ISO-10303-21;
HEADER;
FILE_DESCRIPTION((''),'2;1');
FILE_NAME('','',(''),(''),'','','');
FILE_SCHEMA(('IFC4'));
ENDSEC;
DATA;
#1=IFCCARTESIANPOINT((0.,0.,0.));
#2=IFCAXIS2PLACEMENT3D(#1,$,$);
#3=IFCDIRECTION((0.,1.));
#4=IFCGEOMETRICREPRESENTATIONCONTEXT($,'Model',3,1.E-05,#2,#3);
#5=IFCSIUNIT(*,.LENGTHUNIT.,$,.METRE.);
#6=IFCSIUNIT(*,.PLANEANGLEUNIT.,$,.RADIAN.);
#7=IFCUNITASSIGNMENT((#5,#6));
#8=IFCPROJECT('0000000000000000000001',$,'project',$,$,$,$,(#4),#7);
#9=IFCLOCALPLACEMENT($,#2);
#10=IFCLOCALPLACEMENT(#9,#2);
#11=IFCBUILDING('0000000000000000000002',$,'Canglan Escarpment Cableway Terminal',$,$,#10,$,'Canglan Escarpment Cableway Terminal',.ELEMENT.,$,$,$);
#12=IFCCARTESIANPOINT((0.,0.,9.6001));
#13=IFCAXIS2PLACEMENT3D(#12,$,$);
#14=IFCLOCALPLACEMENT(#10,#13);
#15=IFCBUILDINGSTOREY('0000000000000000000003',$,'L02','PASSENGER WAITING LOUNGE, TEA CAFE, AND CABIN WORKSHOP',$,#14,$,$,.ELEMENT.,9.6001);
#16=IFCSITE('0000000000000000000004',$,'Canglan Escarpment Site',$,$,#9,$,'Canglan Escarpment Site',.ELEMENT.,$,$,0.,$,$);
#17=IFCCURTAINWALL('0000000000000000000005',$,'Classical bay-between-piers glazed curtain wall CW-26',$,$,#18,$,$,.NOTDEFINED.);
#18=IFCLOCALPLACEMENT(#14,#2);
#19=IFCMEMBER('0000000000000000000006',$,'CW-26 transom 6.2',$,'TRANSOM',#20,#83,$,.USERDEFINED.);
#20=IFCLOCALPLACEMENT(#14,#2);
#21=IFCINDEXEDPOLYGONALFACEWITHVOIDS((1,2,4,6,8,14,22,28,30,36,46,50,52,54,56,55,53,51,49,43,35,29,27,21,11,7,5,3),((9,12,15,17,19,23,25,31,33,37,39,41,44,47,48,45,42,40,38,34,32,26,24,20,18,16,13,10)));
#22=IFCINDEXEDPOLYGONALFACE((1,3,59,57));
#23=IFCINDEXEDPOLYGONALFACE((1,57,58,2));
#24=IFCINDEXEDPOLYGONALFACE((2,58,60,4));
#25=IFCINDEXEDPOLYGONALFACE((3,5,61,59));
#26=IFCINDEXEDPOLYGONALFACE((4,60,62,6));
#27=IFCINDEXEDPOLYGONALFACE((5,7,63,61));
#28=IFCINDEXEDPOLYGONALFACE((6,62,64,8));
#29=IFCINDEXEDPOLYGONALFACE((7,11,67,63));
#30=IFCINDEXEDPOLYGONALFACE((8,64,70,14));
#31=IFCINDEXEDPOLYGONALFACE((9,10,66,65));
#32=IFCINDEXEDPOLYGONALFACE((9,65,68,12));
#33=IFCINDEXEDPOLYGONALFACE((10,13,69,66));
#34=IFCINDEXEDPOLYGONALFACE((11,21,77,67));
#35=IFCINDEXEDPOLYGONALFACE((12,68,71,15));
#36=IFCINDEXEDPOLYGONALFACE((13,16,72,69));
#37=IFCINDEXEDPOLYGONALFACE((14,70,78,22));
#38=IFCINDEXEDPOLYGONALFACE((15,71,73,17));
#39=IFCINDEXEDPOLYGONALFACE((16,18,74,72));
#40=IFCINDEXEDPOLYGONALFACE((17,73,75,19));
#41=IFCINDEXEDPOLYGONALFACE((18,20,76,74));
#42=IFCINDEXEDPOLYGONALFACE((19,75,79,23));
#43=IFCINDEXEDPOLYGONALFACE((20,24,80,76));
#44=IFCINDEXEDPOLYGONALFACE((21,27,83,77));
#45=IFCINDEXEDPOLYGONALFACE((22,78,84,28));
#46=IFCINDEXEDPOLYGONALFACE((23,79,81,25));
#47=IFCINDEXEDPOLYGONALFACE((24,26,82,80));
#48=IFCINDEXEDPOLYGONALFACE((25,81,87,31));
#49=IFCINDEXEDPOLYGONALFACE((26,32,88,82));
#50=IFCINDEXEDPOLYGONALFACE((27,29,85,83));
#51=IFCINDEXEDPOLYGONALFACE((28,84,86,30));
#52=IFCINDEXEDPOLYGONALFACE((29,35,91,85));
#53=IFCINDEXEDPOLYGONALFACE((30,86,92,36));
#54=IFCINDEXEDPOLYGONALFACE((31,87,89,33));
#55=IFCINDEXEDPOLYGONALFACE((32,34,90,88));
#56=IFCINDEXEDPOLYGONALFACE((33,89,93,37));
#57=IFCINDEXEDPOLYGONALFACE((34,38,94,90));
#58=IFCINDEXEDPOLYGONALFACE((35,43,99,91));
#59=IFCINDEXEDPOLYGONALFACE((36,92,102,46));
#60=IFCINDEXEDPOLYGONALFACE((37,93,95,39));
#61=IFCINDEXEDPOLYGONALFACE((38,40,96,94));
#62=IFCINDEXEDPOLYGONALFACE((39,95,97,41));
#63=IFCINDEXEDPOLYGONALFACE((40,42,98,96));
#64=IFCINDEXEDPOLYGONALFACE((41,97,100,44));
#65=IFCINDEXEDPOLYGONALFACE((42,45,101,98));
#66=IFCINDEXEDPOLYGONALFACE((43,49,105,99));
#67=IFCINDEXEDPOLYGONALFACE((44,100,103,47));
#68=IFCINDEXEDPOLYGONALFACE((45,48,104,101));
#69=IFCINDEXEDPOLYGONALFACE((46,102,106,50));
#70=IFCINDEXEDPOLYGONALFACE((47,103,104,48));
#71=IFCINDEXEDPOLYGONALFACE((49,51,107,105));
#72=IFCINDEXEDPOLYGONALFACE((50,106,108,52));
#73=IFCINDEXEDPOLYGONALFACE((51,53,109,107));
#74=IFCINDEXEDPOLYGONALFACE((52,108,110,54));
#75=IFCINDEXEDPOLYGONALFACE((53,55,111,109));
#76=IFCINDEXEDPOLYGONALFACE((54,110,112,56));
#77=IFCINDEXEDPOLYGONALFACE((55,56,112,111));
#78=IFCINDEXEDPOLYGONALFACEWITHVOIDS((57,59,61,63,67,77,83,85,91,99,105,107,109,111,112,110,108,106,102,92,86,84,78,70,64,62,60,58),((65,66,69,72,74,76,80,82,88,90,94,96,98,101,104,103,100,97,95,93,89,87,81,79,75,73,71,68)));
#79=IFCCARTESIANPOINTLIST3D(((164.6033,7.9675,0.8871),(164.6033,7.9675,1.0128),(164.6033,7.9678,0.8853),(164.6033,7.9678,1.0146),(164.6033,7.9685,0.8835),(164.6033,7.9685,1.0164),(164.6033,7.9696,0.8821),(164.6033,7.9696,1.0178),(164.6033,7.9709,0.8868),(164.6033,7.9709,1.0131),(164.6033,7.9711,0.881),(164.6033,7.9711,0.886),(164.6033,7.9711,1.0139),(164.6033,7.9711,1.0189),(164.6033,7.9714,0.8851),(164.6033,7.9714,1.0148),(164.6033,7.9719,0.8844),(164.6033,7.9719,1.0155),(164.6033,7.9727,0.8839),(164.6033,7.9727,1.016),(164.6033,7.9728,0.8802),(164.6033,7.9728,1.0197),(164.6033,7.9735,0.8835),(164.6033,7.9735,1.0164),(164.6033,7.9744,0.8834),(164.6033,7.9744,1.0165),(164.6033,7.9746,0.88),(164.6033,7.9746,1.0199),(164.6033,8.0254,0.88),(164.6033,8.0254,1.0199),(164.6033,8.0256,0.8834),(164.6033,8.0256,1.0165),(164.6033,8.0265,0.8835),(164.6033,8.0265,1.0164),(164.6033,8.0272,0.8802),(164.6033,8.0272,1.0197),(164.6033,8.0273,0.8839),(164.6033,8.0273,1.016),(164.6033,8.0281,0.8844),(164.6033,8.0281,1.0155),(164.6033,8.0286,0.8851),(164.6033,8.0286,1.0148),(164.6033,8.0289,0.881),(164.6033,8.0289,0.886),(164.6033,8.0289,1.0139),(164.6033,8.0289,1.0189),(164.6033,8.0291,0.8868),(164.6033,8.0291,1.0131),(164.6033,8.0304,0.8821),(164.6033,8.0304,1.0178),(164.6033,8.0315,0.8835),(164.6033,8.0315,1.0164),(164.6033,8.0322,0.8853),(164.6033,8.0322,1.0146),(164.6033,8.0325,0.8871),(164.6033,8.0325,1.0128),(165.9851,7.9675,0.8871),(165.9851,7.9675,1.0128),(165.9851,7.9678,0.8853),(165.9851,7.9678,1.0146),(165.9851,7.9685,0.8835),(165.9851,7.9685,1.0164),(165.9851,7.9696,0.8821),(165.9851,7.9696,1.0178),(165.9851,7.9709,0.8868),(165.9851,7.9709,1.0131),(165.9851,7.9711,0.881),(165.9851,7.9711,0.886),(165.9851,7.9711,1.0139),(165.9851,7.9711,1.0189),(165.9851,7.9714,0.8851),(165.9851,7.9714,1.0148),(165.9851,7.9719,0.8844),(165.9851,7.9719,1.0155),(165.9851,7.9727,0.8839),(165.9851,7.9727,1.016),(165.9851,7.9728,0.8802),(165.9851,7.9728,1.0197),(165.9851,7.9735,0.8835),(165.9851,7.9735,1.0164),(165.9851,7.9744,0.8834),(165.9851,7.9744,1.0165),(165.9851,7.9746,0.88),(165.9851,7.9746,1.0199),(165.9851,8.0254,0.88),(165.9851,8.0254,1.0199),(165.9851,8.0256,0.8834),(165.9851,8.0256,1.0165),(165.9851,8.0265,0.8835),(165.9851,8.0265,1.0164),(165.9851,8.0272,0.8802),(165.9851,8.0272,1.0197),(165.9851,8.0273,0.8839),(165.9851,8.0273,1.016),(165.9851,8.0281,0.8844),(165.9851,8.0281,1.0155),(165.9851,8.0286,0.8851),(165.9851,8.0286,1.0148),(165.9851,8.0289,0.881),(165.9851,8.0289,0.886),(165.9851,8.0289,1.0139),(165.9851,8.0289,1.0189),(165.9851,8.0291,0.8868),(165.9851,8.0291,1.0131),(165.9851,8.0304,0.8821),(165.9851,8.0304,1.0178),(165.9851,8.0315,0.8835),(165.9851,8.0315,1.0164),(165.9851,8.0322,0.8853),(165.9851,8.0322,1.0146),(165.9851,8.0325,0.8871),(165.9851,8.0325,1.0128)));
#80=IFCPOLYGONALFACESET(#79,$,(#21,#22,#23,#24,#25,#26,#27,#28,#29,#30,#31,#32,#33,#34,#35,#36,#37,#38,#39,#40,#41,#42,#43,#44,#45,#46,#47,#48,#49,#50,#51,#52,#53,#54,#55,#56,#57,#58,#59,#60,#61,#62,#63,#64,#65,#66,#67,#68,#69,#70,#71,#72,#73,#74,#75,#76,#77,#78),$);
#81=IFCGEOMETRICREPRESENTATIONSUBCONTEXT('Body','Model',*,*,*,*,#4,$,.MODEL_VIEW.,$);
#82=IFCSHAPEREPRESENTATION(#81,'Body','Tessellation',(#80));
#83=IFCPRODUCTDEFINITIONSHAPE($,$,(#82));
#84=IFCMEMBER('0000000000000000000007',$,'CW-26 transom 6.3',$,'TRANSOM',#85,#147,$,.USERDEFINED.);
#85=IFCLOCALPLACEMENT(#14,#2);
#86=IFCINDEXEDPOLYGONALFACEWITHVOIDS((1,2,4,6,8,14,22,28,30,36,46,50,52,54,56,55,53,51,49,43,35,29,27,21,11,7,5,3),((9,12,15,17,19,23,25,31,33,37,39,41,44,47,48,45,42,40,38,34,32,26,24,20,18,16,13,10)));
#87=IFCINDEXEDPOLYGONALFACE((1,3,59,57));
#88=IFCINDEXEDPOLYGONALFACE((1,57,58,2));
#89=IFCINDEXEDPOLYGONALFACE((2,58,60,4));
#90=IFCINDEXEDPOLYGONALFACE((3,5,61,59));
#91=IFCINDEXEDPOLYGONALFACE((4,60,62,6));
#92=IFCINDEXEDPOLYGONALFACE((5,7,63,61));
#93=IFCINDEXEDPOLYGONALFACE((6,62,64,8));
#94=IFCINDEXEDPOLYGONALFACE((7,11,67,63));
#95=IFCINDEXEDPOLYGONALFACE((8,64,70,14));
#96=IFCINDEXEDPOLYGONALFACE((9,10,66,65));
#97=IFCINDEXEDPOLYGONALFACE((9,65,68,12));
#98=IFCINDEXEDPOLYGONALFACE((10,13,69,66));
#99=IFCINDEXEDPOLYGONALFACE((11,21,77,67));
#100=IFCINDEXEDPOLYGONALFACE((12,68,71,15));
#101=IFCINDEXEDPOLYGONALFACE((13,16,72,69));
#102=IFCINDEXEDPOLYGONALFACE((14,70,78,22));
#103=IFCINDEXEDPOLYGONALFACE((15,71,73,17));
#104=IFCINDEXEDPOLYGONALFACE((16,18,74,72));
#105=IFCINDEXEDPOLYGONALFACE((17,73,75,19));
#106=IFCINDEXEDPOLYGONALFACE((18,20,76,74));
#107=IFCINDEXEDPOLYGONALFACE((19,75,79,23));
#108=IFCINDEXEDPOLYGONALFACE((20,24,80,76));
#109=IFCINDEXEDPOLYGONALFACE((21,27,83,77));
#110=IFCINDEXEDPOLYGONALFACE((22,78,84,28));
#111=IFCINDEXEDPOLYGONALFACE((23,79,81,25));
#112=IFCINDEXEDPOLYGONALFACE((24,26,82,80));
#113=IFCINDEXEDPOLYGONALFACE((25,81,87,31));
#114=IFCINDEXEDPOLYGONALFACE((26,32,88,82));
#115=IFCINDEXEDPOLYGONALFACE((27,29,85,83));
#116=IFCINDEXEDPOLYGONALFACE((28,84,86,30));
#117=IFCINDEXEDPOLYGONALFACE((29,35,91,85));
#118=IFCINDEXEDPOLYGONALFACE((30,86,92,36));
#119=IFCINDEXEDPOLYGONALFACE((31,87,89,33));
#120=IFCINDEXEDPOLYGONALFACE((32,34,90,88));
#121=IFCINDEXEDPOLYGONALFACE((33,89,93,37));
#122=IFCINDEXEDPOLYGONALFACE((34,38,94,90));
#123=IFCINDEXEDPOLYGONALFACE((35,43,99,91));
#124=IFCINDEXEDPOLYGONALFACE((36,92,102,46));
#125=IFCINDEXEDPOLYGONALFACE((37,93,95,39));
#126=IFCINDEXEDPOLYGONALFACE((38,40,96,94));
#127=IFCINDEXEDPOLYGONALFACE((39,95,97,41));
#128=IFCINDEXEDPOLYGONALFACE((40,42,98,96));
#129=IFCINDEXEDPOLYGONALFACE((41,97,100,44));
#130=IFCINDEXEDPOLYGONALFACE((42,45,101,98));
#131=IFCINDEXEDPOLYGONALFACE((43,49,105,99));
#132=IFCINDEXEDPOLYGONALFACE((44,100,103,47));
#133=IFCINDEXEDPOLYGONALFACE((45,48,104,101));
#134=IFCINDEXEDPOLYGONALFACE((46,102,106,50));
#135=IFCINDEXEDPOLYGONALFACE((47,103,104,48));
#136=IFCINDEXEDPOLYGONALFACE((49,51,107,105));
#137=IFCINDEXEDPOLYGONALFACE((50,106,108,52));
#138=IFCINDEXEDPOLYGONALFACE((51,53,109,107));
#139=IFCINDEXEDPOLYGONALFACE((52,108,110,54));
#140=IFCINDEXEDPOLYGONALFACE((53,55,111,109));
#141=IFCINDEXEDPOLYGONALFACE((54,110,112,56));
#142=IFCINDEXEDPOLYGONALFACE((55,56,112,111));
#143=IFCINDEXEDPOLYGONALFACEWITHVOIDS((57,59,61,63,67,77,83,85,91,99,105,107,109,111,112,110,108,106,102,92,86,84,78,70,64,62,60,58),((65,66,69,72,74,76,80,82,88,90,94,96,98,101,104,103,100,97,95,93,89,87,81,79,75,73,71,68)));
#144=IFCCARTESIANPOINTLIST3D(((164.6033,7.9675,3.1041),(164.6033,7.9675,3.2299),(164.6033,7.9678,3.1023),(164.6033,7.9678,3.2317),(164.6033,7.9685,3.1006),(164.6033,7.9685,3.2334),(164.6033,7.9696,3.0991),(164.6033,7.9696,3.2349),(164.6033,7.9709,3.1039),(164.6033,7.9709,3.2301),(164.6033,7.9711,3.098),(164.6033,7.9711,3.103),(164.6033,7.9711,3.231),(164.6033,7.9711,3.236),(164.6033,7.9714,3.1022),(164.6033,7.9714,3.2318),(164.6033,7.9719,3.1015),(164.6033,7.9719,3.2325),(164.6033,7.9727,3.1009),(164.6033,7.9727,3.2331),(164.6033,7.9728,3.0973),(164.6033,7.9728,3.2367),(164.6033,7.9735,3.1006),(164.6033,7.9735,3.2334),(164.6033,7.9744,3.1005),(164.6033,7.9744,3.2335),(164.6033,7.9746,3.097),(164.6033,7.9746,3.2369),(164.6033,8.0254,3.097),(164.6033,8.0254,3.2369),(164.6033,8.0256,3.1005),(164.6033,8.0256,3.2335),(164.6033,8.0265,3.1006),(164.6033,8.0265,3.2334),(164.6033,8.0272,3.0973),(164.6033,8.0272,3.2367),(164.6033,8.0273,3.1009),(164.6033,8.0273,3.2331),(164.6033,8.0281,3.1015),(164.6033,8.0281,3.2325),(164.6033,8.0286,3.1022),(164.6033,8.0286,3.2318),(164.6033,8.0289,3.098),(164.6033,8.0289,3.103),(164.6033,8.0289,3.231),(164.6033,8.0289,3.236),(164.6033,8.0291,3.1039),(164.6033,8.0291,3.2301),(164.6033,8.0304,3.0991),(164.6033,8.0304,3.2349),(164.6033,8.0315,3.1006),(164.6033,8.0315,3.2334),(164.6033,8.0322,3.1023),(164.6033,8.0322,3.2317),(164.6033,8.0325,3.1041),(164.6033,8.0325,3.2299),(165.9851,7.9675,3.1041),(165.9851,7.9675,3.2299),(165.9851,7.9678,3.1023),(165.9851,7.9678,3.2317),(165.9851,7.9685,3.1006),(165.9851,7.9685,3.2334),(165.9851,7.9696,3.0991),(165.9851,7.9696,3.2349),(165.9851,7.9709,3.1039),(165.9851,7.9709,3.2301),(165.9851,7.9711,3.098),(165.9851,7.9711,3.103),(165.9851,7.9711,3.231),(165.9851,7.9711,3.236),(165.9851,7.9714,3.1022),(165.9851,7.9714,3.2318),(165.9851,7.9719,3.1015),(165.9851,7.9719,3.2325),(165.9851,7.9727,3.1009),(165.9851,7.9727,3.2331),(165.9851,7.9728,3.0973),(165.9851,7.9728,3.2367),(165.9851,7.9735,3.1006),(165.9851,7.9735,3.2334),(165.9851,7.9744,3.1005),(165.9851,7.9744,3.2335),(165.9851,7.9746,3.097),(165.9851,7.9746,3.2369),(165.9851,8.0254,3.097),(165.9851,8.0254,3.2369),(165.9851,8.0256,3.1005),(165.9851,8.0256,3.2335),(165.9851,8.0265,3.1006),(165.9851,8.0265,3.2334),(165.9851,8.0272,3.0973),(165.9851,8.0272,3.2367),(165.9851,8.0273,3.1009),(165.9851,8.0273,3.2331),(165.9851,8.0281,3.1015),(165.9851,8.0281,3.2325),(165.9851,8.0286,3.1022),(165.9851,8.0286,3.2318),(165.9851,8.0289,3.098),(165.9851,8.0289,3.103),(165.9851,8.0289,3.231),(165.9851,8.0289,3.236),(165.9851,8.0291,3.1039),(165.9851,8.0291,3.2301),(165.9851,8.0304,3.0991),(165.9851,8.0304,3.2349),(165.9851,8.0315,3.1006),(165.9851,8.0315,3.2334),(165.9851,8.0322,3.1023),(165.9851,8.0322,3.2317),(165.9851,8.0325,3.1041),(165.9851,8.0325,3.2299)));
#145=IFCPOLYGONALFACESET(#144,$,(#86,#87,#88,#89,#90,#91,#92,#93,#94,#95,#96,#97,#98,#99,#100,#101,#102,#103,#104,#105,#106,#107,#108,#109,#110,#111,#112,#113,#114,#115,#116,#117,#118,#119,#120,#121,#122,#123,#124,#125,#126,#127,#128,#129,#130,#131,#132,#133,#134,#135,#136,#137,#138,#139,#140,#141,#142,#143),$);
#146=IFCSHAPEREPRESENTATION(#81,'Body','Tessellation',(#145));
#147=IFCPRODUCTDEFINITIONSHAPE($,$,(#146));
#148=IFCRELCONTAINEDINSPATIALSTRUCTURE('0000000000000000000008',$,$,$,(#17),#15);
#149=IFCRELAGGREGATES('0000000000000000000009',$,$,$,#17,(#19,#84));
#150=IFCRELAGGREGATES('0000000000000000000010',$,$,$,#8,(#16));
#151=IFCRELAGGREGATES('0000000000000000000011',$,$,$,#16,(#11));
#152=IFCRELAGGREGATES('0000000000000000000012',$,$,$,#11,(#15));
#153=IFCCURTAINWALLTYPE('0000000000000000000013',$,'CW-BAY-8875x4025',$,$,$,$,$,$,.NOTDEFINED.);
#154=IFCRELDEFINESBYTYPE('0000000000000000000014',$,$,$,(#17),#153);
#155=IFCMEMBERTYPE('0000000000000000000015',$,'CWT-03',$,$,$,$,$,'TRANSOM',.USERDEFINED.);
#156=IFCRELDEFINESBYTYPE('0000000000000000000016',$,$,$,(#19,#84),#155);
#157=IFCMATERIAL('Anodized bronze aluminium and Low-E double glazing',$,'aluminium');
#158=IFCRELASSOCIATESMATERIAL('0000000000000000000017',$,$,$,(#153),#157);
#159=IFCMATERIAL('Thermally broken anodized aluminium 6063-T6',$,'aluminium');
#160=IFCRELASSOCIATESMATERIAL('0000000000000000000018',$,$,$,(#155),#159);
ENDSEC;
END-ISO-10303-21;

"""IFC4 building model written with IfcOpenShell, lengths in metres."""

from ifc_helpers import new_model, si_unit, direction, frame, origin, origin_2d, place, context, subcontext, project, spatial, hollow_rectangle, extrude, material, material_profile, profile_set, type_object, element, aggregate, save


model = new_model("IFC4")

# Units and contexts
model_context = context("Model", 3, precision=1e-05, world=origin(), true_north=direction((0.0, 1.0)))
body_context = subcontext(model_context, "Body", "Model", "MODEL_VIEW")
ifc_project = project(units=[si_unit("LENGTHUNIT", "METRE"), si_unit("PLANEANGLEUNIT", "RADIAN")], contexts=[model_context])

# Site, building, storey
site_placement = place(None, origin())
site = spatial("IfcSite", under=ifc_project, at=site_placement, Name="Canglan Escarpment Site", LongName="Canglan Escarpment Site", CompositionType="ELEMENT", RefElevation=0.0)
building_placement = place(site_placement, origin())
building = spatial("IfcBuilding", under=site, at=building_placement, Name="Canglan Escarpment Cableway Terminal", LongName="Canglan Escarpment Cableway Terminal", CompositionType="ELEMENT")
storey_placement = place(building_placement, frame((0.0, 0.0, 9.6001)))
storey = spatial("IfcBuildingStorey", under=building, at=storey_placement, Name="L02", Description="PASSENGER WAITING LOUNGE, TEA CAFE, AND CABIN WORKSHOP", CompositionType="ELEMENT", Elevation=9.6001)

# Curtain wall
ifc_material_1 = material(Name="Anodized bronze aluminium and Low-E double glazing", Category="aluminium")
ifc_material_2 = material(Name="Thermally broken anodized aluminium 6063-T6", Category="aluminium")
curtain_wall_type_1 = type_object("IfcCurtainWallType", Name="CW-BAY-8875x4025", PredefinedType="NOTDEFINED", material=ifc_material_1)
curtain_wall_1_placement = place(storey_placement, origin())
curtain_wall_1 = element("IfcCurtainWall", 1, at=curtain_wall_1_placement, inside=storey, type_object=curtain_wall_type_1, Name="Classical bay-between-piers glazed curtain wall CW-26", PredefinedType="NOTDEFINED")

# Members
ifc_material_profile_1 = material_profile(ifc_material_2, hollow_rectangle(XDim=0.0649, YDim=0.1399, WallThickness=0.0034, InnerFilletRadius=0.0034, OuterFilletRadius=0.0071, at=origin_2d()), Name="ALU-TRAN 65x140x3.5")
ifc_profile_set_1 = profile_set([ifc_material_profile_1], Name="Thermally broken anodized aluminium 6063-T6")
member_type_1 = type_object("IfcMemberType", Name="CWT-03", ElementType="TRANSOM", PredefinedType="USERDEFINED", material=ifc_profile_set_1)
member_1_placement = place(storey_placement, frame((164.6033, 8.0, 0.95), z_axis=(1.0, 0.0, 0.0), x_axis=(0.0, 1.0, 0.0)))
member_1 = element("IfcMember", 2, at=member_1_placement, type_object=member_type_1, Name="CW-26 transom 6.2", ObjectType="TRANSOM", PredefinedType="USERDEFINED", context=body_context, shape_type="SweptSolid", body=[
    extrude(hollow_rectangle(XDim=0.0649, YDim=0.1399, WallThickness=0.0034, InnerFilletRadius=0.0034, OuterFilletRadius=0.0071, at=origin_2d()), origin(), (0.0, 0.0, 1.0), 1.3818),
])
member_2_placement = place(storey_placement, frame((164.6033, 8.0, 3.167), z_axis=(1.0, 0.0, 0.0), x_axis=(0.0, 1.0, 0.0)))
member_2 = element("IfcMember", 3, at=member_2_placement, type_object=member_type_1, Name="CW-26 transom 6.3", ObjectType="TRANSOM", PredefinedType="USERDEFINED", context=body_context, shape_type="SweptSolid", body=[
    extrude(hollow_rectangle(XDim=0.0649, YDim=0.1399, WallThickness=0.0034, InnerFilletRadius=0.0034, OuterFilletRadius=0.0071, at=origin_2d()), origin(), (0.0, 0.0, 1.0), 1.3818),
])

aggregate(curtain_wall_1, [member_1, member_2])

save(model, "model.ifc")
